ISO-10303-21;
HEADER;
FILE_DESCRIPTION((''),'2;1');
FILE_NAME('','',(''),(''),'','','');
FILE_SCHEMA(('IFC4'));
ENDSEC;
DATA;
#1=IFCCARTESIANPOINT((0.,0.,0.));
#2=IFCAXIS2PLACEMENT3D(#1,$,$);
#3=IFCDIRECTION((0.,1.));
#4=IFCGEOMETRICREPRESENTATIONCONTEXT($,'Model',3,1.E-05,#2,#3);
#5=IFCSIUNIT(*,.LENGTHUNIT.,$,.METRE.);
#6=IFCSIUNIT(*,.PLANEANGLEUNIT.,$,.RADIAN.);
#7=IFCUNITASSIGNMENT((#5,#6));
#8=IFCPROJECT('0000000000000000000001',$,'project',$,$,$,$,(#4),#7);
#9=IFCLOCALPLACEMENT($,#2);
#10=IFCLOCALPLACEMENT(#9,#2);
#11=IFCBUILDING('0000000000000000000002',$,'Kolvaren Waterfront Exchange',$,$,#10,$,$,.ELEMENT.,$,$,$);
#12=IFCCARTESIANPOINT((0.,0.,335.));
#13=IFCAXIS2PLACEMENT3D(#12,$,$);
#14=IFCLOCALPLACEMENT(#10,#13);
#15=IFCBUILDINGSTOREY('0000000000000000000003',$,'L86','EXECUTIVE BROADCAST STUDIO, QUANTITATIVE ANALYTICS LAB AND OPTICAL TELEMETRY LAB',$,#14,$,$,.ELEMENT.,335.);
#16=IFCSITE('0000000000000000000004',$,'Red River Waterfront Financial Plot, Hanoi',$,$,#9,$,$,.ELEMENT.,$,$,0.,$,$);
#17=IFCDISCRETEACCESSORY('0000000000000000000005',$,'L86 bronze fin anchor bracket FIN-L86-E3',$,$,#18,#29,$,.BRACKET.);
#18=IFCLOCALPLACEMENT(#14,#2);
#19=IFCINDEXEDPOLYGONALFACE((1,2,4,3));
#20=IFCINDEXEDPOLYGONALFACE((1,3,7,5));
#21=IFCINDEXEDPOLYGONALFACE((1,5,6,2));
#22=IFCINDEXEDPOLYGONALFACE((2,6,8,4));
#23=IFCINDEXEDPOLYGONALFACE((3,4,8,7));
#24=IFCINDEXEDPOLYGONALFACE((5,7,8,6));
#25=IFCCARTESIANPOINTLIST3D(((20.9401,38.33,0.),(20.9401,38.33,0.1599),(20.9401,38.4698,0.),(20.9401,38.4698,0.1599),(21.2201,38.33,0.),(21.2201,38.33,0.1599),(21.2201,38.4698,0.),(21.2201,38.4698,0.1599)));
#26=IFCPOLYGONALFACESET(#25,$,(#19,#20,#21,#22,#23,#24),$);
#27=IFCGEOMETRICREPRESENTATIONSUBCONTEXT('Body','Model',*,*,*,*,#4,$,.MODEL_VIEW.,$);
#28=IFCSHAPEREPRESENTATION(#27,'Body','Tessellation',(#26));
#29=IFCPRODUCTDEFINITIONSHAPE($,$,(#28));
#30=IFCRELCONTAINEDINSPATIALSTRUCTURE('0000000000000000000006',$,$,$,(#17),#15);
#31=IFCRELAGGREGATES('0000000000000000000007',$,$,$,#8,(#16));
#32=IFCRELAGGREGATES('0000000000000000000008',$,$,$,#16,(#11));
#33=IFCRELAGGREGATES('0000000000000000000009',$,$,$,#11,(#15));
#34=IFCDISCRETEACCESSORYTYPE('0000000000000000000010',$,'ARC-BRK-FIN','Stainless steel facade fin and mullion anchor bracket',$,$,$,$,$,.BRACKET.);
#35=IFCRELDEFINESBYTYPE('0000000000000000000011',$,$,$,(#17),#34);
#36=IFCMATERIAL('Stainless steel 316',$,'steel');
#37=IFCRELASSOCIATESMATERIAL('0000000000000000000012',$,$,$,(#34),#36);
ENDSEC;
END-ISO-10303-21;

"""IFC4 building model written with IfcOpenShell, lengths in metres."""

from ifc_helpers import new_model, si_unit, direction, frame, origin, origin_with_axes, origin_2d, place, context, subcontext, project, spatial, rectangle, extrude, source, transform, mapped, material, type_object, element, save


model = new_model("IFC4")

# Units and contexts
model_context = context("Model", 3, precision=1e-05, world=origin(), true_north=direction((0.0, 1.0)))
body_context = subcontext(model_context, "Body", "Model", "MODEL_VIEW")
ifc_project = project(units=[si_unit("LENGTHUNIT", "METRE"), si_unit("PLANEANGLEUNIT", "RADIAN")], contexts=[model_context])

# Site, building, storey
site_placement = place(None, origin())
site = spatial("IfcSite", under=ifc_project, at=site_placement, Name="Red River Waterfront Financial Plot, Hanoi", CompositionType="ELEMENT", RefElevation=0.0)
building_placement = place(site_placement, origin())
building = spatial("IfcBuilding", under=site, at=building_placement, Name="Kolvaren Waterfront Exchange", CompositionType="ELEMENT")
storey_placement = place(building_placement, frame((0.0, 0.0, 335.0)))
storey = spatial("IfcBuildingStorey", under=building, at=storey_placement, Name="L86", Description="EXECUTIVE BROADCAST STUDIO, QUANTITATIVE ANALYTICS LAB AND OPTICAL TELEMETRY LAB", CompositionType="ELEMENT", Elevation=335.0)

# Shared definitions
ifc_material_1 = material(Name="Stainless steel 316", Category="steel")

# Discrete accessory
discrete_accessory_type = type_object("IfcDiscreteAccessoryType", Name="ARC-BRK-FIN", Description="Stainless steel facade fin and mullion anchor bracket", PredefinedType="BRACKET", material=ifc_material_1)
shared_shape_1 = source(origin_with_axes(), body_context, "Body", "SweptSolid", [
    extrude(rectangle(XDim=0.28, YDim=0.1399, at=origin_2d()), origin(), (0.0, 0.0, 1.0), 0.1599),
])
for number, where, z_axis, x_axis, name in (
    (1, (21.0801, 38.3999, 0.0), (0.0, 0.0, 1.0), (1.0, 0.0, 0.0), "L86 bronze fin anchor bracket FIN-L86-E3"),
):
    element("IfcDiscreteAccessory", number, at=place(storey_placement, frame(where, z_axis=z_axis, x_axis=x_axis)), inside=storey, type_object=discrete_accessory_type, Name=name, PredefinedType="BRACKET", context=body_context, shape_type="MappedRepresentation", body=[
        mapped(shared_shape_1, transform((0.0, 0.0, 0.0), x_axis=(1.0, 0.0, 0.0), y_axis=(0.0, 1.0, 0.0), z_axis=(0.0, 0.0, 1.0), scale=1.0)),
    ])

save(model, "model.ifc")
